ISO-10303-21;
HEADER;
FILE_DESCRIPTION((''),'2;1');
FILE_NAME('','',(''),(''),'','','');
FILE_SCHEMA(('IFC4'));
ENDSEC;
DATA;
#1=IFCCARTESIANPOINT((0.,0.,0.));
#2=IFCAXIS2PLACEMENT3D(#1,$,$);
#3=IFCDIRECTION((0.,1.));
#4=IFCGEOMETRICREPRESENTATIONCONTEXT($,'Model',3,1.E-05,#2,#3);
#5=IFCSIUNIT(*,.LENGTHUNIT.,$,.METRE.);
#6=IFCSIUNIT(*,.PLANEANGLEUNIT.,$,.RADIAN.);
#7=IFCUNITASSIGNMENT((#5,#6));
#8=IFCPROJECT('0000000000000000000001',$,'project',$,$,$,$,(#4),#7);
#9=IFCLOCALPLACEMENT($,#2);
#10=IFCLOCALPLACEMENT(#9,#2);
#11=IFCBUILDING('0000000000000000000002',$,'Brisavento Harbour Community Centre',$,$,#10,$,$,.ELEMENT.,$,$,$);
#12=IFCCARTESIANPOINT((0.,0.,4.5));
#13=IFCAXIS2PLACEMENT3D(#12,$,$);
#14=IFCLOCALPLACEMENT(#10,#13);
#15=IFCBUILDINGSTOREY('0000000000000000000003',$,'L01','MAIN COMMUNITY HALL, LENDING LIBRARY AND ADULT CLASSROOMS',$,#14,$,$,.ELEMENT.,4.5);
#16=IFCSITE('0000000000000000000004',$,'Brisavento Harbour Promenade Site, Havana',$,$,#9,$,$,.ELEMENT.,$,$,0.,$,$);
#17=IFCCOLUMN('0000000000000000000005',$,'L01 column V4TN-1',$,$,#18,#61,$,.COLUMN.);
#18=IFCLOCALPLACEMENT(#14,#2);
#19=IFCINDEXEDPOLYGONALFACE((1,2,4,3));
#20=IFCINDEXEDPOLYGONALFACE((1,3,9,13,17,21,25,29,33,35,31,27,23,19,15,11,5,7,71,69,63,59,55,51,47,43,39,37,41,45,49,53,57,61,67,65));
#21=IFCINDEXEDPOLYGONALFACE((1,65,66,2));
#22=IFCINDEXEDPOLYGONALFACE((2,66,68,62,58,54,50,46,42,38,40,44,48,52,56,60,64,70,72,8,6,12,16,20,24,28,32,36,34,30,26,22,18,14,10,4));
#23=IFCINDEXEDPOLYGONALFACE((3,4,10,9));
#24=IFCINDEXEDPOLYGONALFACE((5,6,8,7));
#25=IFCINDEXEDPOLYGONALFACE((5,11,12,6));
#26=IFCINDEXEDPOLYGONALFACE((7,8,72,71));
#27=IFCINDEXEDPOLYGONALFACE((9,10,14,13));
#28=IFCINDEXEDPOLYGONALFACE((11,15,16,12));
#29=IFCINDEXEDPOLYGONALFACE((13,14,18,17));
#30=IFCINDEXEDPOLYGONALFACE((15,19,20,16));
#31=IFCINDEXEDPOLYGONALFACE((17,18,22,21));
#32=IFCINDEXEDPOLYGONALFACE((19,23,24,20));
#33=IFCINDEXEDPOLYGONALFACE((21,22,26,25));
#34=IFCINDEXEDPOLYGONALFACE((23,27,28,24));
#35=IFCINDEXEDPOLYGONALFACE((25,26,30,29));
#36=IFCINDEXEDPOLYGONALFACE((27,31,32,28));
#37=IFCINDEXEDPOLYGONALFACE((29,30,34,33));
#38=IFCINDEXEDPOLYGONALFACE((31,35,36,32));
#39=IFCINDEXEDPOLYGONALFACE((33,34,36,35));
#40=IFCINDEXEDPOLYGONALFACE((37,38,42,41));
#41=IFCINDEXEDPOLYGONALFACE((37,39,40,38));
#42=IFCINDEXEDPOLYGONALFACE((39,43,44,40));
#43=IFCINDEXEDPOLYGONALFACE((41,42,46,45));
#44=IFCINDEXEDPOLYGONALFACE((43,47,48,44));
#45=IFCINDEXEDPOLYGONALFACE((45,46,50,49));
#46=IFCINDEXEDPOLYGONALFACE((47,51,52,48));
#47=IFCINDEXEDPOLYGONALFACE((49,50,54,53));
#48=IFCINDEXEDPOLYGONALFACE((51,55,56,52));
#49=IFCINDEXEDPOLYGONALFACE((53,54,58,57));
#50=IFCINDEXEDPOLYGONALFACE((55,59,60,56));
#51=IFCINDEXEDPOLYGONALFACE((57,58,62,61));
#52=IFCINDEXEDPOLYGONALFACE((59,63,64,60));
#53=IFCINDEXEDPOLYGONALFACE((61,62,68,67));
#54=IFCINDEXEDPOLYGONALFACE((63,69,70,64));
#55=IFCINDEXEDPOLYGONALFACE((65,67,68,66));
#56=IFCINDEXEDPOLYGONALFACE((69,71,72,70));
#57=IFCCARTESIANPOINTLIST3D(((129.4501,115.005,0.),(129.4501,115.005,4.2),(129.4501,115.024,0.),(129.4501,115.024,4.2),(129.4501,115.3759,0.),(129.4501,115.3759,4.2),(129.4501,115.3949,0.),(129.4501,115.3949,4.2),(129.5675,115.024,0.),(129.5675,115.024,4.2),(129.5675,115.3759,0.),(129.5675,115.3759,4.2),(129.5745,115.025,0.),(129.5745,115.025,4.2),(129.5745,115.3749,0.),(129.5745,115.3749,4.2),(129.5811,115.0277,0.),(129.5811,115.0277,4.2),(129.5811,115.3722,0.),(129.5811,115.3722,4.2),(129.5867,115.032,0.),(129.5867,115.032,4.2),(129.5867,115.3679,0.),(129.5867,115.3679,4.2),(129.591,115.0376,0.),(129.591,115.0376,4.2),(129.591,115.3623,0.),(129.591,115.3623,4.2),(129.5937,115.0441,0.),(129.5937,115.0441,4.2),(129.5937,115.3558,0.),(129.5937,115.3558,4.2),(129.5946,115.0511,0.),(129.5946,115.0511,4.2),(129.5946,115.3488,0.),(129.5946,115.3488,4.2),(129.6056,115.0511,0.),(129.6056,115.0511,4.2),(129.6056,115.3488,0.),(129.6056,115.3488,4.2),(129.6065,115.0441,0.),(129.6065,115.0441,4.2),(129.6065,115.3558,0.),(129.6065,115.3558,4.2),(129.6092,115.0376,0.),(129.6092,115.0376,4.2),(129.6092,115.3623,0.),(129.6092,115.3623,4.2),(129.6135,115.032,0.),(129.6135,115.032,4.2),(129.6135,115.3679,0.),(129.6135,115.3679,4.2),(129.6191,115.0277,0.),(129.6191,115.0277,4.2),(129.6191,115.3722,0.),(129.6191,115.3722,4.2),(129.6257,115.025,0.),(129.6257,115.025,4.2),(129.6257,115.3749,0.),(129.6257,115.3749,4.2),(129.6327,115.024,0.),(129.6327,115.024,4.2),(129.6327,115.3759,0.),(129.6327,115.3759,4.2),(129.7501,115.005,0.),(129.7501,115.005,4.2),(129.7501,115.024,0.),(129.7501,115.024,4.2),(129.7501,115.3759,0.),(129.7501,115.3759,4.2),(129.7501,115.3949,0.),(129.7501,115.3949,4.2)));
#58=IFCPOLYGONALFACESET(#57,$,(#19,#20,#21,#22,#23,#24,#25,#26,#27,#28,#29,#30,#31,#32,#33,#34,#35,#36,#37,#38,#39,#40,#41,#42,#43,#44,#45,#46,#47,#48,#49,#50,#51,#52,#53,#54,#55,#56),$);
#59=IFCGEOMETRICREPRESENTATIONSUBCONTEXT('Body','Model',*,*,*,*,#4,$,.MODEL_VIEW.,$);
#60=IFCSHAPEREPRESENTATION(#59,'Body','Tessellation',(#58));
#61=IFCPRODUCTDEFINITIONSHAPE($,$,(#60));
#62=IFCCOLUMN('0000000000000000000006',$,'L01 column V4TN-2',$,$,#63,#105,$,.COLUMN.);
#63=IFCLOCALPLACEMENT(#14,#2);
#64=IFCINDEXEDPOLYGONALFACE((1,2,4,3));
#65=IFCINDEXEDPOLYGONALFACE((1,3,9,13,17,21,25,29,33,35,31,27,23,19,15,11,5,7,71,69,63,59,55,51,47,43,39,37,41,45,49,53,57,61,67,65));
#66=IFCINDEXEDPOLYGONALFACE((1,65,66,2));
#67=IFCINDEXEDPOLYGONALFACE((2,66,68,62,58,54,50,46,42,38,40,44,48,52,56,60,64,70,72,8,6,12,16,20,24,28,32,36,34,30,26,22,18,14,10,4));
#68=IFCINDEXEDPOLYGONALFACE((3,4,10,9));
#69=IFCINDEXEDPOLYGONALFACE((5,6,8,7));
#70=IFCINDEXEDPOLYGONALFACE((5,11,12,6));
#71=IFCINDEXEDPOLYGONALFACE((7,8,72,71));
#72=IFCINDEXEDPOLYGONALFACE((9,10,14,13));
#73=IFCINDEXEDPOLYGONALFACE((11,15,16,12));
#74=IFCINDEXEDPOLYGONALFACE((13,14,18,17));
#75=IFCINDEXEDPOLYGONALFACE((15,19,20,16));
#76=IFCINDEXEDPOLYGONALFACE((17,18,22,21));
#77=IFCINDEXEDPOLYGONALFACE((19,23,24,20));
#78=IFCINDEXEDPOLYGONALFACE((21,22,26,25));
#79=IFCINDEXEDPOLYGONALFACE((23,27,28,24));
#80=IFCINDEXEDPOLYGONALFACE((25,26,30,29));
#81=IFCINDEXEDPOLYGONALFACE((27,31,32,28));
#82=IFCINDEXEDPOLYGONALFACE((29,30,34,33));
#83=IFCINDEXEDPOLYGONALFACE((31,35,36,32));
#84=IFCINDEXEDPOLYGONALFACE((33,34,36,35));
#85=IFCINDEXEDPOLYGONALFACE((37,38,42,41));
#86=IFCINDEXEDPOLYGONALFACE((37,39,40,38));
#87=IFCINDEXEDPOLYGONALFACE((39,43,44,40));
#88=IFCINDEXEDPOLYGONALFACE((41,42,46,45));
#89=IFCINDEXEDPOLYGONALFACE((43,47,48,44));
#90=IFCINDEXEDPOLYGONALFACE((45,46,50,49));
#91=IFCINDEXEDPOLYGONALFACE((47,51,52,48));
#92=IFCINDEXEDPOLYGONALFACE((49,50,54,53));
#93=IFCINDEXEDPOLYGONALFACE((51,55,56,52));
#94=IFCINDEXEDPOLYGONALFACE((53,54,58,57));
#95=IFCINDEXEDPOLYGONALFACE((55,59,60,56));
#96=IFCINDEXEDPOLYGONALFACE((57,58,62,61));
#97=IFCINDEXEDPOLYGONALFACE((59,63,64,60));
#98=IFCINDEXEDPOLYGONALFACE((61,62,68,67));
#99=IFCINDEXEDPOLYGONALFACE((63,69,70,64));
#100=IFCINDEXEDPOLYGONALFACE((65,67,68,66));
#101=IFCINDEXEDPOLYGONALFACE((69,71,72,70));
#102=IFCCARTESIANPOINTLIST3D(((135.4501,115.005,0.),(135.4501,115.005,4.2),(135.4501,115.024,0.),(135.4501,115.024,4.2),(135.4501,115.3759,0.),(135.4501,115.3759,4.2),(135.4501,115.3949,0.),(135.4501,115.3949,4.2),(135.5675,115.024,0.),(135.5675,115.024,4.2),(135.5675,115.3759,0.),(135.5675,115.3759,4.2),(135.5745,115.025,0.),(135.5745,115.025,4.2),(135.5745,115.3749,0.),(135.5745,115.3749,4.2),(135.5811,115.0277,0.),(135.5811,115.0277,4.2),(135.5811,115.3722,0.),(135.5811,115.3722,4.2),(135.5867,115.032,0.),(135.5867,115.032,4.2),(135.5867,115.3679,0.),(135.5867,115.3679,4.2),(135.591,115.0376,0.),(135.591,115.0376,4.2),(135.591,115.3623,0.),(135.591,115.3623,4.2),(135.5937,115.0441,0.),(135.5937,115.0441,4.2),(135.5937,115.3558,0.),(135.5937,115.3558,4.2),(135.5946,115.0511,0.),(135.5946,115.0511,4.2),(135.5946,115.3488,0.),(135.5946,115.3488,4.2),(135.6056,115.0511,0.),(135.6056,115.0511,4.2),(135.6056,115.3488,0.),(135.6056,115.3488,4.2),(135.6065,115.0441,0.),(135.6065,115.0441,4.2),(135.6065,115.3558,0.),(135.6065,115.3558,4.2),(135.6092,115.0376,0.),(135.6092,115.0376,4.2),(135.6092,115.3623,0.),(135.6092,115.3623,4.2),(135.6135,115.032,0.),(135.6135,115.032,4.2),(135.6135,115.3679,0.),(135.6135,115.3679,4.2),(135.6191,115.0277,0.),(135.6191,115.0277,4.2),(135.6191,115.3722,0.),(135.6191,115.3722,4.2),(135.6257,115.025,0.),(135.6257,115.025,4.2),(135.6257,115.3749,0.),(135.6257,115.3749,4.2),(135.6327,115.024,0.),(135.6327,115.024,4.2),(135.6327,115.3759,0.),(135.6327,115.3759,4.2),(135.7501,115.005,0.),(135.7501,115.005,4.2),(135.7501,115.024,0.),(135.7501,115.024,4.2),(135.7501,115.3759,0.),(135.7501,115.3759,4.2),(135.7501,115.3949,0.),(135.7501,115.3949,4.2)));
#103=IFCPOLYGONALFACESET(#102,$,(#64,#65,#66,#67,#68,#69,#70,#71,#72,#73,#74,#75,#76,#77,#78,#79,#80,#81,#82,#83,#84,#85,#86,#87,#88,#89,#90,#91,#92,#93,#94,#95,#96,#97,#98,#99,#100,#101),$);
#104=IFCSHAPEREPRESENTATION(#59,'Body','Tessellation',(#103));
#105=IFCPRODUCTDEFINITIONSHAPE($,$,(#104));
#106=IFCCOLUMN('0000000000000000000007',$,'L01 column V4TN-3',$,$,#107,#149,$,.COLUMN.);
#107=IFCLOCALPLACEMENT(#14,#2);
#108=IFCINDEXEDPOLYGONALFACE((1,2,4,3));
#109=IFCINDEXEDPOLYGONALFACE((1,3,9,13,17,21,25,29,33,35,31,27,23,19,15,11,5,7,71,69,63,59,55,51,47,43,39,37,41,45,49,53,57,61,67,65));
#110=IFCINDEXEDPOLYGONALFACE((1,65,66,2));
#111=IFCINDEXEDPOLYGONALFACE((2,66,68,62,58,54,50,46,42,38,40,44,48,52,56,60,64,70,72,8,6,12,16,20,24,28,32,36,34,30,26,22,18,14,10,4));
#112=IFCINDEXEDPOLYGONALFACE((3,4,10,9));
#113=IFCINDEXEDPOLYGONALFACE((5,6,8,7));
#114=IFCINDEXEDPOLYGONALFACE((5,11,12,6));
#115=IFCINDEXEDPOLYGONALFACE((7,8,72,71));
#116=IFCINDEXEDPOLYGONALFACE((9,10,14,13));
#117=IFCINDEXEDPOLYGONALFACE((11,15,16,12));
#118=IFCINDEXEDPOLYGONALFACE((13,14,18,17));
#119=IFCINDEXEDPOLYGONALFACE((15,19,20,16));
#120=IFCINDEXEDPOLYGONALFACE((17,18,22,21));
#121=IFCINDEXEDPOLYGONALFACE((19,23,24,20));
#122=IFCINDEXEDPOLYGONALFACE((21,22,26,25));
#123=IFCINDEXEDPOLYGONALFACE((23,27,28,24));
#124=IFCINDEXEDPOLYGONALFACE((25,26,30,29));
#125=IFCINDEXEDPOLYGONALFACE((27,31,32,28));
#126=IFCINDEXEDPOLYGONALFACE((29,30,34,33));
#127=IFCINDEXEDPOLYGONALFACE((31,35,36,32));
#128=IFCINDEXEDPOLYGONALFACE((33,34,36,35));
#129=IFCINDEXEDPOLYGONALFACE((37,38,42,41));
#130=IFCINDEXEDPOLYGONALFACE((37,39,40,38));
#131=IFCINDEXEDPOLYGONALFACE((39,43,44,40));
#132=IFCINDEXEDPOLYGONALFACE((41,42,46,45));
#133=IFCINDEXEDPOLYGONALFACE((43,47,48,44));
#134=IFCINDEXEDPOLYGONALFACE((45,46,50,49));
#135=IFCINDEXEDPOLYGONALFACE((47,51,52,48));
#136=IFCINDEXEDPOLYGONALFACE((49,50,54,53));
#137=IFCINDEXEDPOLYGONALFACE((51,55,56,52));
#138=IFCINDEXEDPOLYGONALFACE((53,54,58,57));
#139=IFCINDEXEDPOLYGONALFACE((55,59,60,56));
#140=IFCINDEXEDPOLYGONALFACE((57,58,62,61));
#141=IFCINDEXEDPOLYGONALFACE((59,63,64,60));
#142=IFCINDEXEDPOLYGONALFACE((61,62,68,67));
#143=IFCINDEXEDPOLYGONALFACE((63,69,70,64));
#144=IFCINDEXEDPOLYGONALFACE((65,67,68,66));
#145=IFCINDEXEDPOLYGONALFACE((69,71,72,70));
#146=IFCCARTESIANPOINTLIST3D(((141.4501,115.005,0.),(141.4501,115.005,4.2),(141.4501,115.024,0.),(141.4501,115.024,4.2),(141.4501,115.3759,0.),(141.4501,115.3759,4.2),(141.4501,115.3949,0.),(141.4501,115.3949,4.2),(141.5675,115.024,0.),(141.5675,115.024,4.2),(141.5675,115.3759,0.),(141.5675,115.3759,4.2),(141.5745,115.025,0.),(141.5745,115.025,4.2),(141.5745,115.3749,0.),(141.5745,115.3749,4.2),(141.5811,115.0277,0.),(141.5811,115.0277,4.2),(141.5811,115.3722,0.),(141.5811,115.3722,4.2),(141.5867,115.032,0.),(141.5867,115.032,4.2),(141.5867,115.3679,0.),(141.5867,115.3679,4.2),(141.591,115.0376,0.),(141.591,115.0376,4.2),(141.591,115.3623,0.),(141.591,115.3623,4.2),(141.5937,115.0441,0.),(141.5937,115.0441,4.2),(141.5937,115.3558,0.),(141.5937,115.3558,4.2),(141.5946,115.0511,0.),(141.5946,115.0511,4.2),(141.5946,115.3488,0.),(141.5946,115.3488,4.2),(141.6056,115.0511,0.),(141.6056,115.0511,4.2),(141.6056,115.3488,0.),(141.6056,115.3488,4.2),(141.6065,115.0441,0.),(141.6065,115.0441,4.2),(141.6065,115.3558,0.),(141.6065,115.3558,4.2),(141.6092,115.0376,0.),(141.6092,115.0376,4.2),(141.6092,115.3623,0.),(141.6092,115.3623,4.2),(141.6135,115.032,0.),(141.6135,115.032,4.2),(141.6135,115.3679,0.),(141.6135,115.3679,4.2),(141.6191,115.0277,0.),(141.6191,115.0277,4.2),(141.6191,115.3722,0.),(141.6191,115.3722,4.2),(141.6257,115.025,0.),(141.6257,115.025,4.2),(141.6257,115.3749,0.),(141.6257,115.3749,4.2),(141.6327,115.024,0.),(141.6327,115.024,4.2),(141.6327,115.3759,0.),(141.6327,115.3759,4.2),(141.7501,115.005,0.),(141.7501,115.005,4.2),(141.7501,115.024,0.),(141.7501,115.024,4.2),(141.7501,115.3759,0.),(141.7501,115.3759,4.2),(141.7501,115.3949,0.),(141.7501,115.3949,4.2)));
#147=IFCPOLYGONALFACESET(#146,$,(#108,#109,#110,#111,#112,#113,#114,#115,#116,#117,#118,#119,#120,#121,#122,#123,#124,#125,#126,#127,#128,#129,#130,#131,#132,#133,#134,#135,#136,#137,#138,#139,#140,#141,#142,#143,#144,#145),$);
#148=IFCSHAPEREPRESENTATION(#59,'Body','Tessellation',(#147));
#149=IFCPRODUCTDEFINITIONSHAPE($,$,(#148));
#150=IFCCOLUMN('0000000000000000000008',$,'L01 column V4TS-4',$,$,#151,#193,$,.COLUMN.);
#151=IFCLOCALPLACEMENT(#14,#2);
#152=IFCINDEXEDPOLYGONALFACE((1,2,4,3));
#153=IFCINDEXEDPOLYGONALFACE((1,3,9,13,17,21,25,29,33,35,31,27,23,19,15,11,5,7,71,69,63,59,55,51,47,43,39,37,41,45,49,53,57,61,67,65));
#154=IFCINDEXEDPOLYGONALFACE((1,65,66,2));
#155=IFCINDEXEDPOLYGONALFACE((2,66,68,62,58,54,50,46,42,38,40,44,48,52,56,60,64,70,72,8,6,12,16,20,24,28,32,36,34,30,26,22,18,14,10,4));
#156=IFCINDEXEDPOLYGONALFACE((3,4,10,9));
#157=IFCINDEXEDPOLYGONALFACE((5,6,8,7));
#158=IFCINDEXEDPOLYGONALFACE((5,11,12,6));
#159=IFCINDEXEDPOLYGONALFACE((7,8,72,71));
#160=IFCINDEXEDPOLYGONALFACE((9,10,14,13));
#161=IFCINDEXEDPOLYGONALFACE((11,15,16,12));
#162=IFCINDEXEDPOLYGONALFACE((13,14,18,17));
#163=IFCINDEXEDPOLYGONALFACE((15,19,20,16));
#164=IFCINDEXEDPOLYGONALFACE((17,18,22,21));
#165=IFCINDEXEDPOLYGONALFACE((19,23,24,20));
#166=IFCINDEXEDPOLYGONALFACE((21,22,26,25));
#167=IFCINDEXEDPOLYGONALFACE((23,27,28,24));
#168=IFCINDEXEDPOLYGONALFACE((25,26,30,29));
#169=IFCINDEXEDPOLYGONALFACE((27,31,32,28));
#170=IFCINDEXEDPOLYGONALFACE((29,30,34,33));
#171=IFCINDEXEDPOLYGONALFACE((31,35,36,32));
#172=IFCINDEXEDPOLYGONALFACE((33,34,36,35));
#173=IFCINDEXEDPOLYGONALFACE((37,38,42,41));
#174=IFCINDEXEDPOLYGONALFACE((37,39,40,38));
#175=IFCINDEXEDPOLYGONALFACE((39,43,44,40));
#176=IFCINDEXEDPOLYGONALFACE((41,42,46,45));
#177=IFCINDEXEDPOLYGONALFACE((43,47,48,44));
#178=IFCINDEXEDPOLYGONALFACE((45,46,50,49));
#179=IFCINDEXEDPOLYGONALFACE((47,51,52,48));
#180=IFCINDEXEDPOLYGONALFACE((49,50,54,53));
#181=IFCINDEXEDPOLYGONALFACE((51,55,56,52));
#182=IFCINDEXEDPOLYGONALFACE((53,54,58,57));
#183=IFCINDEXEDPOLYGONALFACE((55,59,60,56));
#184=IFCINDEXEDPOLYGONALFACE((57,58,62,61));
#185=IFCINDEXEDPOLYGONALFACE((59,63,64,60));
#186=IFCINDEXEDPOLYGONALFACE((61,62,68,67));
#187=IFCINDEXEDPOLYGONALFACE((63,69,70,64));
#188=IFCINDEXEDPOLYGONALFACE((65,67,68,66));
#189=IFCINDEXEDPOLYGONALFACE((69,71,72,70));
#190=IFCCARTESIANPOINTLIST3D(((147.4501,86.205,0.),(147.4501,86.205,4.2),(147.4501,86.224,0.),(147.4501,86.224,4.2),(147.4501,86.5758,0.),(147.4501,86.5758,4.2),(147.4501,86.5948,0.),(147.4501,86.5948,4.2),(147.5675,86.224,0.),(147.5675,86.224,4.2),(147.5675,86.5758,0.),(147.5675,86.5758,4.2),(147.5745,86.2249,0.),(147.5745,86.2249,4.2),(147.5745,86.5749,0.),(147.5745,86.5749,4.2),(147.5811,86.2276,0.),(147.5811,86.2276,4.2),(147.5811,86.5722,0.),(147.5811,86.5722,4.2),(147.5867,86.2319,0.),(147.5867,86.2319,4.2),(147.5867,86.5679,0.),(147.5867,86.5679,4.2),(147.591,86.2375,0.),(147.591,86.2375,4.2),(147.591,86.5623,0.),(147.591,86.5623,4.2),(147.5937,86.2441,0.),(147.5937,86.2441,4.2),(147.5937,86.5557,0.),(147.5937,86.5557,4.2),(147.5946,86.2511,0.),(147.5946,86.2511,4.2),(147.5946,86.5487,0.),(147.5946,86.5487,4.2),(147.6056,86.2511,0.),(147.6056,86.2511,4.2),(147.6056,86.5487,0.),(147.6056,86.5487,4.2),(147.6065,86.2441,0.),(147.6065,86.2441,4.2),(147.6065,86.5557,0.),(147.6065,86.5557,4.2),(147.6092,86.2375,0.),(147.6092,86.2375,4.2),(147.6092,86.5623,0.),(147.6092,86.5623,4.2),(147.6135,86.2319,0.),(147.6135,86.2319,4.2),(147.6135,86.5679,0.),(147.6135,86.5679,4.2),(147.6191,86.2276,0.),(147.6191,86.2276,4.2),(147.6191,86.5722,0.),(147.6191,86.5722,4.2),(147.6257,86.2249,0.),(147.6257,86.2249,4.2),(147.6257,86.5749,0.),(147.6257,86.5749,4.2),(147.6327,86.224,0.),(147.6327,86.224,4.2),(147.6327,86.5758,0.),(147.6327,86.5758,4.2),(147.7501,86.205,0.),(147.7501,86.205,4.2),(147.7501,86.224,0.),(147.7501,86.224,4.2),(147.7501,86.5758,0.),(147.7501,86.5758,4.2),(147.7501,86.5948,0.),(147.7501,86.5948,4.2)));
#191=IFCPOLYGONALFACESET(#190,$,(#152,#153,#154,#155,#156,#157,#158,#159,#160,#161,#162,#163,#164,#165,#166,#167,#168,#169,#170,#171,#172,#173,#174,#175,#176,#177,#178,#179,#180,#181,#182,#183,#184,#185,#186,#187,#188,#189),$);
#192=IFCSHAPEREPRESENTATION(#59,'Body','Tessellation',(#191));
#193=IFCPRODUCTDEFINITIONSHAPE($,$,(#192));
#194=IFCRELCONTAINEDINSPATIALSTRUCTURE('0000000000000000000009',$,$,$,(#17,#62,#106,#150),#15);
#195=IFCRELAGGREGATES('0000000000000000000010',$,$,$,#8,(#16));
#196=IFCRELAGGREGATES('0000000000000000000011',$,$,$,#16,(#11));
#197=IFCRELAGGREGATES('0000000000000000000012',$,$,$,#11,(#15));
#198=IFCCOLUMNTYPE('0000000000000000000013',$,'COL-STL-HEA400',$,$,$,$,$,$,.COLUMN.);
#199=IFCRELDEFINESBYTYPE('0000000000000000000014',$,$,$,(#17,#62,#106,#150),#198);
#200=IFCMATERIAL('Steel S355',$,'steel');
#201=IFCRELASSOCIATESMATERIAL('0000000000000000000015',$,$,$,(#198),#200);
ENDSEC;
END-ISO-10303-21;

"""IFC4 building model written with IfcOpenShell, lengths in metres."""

from ifc_helpers import new_model, si_unit, direction, frame, origin, origin_2d, place, context, subcontext, project, spatial, i_section, extrude, material, material_profile, profile_set, type_object, element, save


model = new_model("IFC4")

# Units and contexts
model_context = context("Model", 3, precision=1e-05, world=origin(), true_north=direction((0.0, 1.0)))
body_context = subcontext(model_context, "Body", "Model", "MODEL_VIEW")
ifc_project = project(units=[si_unit("LENGTHUNIT", "METRE"), si_unit("PLANEANGLEUNIT", "RADIAN")], contexts=[model_context])

# Site, building, storey
site_placement = place(None, origin())
site = spatial("IfcSite", under=ifc_project, at=site_placement, Name="Brisavento Harbour Promenade Site, Havana", CompositionType="ELEMENT", RefElevation=0.0)
building_placement = place(site_placement, origin())
building = spatial("IfcBuilding", under=site, at=building_placement, Name="Brisavento Harbour Community Centre", CompositionType="ELEMENT")
storey_placement = place(building_placement, frame((0.0, 0.0, 4.5)))
storey = spatial("IfcBuildingStorey", under=building, at=storey_placement, Name="L01", Description="MAIN COMMUNITY HALL, LENDING LIBRARY AND ADULT CLASSROOMS", CompositionType="ELEMENT", Elevation=4.5)

# Columns
ifc_material_1 = material(Name="Steel S355", Category="steel")
ifc_material_profile_1 = material_profile(ifc_material_1, i_section(OverallWidth=0.3, OverallDepth=0.3899, WebThickness=0.011, FlangeThickness=0.019, FilletRadius=0.0271, at=origin_2d()), Name="Steel S355")
ifc_profile_set_1 = profile_set([ifc_material_profile_1], Name="Steel S355")
column_type_1 = type_object("IfcColumnType", Name="COL-STL-HEA400", PredefinedType="COLUMN", material=ifc_profile_set_1)
for number, where, z_axis, x_axis, name in (
    (1, (129.6001, 115.2, 0.0), (0.0, 0.0, 1.0), (1.0, 0.0, 0.0), "L01 column V4TN-1"),
    (2, (135.6001, 115.2, 0.0), (0.0, 0.0, 1.0), (1.0, 0.0, 0.0), "L01 column V4TN-2"),
    (3, (141.6001, 115.2, 0.0), (0.0, 0.0, 1.0), (1.0, 0.0, 0.0), "L01 column V4TN-3"),
    (4, (147.6001, 86.3999, 0.0), (0.0, 0.0, 1.0), (1.0, 0.0, 0.0), "L01 column V4TS-4"),
):
    element("IfcColumn", number, at=place(storey_placement, frame(where, z_axis=z_axis, x_axis=x_axis)), inside=storey, type_object=column_type_1, Name=name, PredefinedType="COLUMN", context=body_context, shape_type="SweptSolid", body=[
        extrude(i_section(OverallWidth=0.3, OverallDepth=0.3899, WebThickness=0.011, FlangeThickness=0.019, FilletRadius=0.0271, at=origin_2d()), origin(), (0.0, 0.0, 1.0), 4.2),
    ])

save(model, "model.ifc")
